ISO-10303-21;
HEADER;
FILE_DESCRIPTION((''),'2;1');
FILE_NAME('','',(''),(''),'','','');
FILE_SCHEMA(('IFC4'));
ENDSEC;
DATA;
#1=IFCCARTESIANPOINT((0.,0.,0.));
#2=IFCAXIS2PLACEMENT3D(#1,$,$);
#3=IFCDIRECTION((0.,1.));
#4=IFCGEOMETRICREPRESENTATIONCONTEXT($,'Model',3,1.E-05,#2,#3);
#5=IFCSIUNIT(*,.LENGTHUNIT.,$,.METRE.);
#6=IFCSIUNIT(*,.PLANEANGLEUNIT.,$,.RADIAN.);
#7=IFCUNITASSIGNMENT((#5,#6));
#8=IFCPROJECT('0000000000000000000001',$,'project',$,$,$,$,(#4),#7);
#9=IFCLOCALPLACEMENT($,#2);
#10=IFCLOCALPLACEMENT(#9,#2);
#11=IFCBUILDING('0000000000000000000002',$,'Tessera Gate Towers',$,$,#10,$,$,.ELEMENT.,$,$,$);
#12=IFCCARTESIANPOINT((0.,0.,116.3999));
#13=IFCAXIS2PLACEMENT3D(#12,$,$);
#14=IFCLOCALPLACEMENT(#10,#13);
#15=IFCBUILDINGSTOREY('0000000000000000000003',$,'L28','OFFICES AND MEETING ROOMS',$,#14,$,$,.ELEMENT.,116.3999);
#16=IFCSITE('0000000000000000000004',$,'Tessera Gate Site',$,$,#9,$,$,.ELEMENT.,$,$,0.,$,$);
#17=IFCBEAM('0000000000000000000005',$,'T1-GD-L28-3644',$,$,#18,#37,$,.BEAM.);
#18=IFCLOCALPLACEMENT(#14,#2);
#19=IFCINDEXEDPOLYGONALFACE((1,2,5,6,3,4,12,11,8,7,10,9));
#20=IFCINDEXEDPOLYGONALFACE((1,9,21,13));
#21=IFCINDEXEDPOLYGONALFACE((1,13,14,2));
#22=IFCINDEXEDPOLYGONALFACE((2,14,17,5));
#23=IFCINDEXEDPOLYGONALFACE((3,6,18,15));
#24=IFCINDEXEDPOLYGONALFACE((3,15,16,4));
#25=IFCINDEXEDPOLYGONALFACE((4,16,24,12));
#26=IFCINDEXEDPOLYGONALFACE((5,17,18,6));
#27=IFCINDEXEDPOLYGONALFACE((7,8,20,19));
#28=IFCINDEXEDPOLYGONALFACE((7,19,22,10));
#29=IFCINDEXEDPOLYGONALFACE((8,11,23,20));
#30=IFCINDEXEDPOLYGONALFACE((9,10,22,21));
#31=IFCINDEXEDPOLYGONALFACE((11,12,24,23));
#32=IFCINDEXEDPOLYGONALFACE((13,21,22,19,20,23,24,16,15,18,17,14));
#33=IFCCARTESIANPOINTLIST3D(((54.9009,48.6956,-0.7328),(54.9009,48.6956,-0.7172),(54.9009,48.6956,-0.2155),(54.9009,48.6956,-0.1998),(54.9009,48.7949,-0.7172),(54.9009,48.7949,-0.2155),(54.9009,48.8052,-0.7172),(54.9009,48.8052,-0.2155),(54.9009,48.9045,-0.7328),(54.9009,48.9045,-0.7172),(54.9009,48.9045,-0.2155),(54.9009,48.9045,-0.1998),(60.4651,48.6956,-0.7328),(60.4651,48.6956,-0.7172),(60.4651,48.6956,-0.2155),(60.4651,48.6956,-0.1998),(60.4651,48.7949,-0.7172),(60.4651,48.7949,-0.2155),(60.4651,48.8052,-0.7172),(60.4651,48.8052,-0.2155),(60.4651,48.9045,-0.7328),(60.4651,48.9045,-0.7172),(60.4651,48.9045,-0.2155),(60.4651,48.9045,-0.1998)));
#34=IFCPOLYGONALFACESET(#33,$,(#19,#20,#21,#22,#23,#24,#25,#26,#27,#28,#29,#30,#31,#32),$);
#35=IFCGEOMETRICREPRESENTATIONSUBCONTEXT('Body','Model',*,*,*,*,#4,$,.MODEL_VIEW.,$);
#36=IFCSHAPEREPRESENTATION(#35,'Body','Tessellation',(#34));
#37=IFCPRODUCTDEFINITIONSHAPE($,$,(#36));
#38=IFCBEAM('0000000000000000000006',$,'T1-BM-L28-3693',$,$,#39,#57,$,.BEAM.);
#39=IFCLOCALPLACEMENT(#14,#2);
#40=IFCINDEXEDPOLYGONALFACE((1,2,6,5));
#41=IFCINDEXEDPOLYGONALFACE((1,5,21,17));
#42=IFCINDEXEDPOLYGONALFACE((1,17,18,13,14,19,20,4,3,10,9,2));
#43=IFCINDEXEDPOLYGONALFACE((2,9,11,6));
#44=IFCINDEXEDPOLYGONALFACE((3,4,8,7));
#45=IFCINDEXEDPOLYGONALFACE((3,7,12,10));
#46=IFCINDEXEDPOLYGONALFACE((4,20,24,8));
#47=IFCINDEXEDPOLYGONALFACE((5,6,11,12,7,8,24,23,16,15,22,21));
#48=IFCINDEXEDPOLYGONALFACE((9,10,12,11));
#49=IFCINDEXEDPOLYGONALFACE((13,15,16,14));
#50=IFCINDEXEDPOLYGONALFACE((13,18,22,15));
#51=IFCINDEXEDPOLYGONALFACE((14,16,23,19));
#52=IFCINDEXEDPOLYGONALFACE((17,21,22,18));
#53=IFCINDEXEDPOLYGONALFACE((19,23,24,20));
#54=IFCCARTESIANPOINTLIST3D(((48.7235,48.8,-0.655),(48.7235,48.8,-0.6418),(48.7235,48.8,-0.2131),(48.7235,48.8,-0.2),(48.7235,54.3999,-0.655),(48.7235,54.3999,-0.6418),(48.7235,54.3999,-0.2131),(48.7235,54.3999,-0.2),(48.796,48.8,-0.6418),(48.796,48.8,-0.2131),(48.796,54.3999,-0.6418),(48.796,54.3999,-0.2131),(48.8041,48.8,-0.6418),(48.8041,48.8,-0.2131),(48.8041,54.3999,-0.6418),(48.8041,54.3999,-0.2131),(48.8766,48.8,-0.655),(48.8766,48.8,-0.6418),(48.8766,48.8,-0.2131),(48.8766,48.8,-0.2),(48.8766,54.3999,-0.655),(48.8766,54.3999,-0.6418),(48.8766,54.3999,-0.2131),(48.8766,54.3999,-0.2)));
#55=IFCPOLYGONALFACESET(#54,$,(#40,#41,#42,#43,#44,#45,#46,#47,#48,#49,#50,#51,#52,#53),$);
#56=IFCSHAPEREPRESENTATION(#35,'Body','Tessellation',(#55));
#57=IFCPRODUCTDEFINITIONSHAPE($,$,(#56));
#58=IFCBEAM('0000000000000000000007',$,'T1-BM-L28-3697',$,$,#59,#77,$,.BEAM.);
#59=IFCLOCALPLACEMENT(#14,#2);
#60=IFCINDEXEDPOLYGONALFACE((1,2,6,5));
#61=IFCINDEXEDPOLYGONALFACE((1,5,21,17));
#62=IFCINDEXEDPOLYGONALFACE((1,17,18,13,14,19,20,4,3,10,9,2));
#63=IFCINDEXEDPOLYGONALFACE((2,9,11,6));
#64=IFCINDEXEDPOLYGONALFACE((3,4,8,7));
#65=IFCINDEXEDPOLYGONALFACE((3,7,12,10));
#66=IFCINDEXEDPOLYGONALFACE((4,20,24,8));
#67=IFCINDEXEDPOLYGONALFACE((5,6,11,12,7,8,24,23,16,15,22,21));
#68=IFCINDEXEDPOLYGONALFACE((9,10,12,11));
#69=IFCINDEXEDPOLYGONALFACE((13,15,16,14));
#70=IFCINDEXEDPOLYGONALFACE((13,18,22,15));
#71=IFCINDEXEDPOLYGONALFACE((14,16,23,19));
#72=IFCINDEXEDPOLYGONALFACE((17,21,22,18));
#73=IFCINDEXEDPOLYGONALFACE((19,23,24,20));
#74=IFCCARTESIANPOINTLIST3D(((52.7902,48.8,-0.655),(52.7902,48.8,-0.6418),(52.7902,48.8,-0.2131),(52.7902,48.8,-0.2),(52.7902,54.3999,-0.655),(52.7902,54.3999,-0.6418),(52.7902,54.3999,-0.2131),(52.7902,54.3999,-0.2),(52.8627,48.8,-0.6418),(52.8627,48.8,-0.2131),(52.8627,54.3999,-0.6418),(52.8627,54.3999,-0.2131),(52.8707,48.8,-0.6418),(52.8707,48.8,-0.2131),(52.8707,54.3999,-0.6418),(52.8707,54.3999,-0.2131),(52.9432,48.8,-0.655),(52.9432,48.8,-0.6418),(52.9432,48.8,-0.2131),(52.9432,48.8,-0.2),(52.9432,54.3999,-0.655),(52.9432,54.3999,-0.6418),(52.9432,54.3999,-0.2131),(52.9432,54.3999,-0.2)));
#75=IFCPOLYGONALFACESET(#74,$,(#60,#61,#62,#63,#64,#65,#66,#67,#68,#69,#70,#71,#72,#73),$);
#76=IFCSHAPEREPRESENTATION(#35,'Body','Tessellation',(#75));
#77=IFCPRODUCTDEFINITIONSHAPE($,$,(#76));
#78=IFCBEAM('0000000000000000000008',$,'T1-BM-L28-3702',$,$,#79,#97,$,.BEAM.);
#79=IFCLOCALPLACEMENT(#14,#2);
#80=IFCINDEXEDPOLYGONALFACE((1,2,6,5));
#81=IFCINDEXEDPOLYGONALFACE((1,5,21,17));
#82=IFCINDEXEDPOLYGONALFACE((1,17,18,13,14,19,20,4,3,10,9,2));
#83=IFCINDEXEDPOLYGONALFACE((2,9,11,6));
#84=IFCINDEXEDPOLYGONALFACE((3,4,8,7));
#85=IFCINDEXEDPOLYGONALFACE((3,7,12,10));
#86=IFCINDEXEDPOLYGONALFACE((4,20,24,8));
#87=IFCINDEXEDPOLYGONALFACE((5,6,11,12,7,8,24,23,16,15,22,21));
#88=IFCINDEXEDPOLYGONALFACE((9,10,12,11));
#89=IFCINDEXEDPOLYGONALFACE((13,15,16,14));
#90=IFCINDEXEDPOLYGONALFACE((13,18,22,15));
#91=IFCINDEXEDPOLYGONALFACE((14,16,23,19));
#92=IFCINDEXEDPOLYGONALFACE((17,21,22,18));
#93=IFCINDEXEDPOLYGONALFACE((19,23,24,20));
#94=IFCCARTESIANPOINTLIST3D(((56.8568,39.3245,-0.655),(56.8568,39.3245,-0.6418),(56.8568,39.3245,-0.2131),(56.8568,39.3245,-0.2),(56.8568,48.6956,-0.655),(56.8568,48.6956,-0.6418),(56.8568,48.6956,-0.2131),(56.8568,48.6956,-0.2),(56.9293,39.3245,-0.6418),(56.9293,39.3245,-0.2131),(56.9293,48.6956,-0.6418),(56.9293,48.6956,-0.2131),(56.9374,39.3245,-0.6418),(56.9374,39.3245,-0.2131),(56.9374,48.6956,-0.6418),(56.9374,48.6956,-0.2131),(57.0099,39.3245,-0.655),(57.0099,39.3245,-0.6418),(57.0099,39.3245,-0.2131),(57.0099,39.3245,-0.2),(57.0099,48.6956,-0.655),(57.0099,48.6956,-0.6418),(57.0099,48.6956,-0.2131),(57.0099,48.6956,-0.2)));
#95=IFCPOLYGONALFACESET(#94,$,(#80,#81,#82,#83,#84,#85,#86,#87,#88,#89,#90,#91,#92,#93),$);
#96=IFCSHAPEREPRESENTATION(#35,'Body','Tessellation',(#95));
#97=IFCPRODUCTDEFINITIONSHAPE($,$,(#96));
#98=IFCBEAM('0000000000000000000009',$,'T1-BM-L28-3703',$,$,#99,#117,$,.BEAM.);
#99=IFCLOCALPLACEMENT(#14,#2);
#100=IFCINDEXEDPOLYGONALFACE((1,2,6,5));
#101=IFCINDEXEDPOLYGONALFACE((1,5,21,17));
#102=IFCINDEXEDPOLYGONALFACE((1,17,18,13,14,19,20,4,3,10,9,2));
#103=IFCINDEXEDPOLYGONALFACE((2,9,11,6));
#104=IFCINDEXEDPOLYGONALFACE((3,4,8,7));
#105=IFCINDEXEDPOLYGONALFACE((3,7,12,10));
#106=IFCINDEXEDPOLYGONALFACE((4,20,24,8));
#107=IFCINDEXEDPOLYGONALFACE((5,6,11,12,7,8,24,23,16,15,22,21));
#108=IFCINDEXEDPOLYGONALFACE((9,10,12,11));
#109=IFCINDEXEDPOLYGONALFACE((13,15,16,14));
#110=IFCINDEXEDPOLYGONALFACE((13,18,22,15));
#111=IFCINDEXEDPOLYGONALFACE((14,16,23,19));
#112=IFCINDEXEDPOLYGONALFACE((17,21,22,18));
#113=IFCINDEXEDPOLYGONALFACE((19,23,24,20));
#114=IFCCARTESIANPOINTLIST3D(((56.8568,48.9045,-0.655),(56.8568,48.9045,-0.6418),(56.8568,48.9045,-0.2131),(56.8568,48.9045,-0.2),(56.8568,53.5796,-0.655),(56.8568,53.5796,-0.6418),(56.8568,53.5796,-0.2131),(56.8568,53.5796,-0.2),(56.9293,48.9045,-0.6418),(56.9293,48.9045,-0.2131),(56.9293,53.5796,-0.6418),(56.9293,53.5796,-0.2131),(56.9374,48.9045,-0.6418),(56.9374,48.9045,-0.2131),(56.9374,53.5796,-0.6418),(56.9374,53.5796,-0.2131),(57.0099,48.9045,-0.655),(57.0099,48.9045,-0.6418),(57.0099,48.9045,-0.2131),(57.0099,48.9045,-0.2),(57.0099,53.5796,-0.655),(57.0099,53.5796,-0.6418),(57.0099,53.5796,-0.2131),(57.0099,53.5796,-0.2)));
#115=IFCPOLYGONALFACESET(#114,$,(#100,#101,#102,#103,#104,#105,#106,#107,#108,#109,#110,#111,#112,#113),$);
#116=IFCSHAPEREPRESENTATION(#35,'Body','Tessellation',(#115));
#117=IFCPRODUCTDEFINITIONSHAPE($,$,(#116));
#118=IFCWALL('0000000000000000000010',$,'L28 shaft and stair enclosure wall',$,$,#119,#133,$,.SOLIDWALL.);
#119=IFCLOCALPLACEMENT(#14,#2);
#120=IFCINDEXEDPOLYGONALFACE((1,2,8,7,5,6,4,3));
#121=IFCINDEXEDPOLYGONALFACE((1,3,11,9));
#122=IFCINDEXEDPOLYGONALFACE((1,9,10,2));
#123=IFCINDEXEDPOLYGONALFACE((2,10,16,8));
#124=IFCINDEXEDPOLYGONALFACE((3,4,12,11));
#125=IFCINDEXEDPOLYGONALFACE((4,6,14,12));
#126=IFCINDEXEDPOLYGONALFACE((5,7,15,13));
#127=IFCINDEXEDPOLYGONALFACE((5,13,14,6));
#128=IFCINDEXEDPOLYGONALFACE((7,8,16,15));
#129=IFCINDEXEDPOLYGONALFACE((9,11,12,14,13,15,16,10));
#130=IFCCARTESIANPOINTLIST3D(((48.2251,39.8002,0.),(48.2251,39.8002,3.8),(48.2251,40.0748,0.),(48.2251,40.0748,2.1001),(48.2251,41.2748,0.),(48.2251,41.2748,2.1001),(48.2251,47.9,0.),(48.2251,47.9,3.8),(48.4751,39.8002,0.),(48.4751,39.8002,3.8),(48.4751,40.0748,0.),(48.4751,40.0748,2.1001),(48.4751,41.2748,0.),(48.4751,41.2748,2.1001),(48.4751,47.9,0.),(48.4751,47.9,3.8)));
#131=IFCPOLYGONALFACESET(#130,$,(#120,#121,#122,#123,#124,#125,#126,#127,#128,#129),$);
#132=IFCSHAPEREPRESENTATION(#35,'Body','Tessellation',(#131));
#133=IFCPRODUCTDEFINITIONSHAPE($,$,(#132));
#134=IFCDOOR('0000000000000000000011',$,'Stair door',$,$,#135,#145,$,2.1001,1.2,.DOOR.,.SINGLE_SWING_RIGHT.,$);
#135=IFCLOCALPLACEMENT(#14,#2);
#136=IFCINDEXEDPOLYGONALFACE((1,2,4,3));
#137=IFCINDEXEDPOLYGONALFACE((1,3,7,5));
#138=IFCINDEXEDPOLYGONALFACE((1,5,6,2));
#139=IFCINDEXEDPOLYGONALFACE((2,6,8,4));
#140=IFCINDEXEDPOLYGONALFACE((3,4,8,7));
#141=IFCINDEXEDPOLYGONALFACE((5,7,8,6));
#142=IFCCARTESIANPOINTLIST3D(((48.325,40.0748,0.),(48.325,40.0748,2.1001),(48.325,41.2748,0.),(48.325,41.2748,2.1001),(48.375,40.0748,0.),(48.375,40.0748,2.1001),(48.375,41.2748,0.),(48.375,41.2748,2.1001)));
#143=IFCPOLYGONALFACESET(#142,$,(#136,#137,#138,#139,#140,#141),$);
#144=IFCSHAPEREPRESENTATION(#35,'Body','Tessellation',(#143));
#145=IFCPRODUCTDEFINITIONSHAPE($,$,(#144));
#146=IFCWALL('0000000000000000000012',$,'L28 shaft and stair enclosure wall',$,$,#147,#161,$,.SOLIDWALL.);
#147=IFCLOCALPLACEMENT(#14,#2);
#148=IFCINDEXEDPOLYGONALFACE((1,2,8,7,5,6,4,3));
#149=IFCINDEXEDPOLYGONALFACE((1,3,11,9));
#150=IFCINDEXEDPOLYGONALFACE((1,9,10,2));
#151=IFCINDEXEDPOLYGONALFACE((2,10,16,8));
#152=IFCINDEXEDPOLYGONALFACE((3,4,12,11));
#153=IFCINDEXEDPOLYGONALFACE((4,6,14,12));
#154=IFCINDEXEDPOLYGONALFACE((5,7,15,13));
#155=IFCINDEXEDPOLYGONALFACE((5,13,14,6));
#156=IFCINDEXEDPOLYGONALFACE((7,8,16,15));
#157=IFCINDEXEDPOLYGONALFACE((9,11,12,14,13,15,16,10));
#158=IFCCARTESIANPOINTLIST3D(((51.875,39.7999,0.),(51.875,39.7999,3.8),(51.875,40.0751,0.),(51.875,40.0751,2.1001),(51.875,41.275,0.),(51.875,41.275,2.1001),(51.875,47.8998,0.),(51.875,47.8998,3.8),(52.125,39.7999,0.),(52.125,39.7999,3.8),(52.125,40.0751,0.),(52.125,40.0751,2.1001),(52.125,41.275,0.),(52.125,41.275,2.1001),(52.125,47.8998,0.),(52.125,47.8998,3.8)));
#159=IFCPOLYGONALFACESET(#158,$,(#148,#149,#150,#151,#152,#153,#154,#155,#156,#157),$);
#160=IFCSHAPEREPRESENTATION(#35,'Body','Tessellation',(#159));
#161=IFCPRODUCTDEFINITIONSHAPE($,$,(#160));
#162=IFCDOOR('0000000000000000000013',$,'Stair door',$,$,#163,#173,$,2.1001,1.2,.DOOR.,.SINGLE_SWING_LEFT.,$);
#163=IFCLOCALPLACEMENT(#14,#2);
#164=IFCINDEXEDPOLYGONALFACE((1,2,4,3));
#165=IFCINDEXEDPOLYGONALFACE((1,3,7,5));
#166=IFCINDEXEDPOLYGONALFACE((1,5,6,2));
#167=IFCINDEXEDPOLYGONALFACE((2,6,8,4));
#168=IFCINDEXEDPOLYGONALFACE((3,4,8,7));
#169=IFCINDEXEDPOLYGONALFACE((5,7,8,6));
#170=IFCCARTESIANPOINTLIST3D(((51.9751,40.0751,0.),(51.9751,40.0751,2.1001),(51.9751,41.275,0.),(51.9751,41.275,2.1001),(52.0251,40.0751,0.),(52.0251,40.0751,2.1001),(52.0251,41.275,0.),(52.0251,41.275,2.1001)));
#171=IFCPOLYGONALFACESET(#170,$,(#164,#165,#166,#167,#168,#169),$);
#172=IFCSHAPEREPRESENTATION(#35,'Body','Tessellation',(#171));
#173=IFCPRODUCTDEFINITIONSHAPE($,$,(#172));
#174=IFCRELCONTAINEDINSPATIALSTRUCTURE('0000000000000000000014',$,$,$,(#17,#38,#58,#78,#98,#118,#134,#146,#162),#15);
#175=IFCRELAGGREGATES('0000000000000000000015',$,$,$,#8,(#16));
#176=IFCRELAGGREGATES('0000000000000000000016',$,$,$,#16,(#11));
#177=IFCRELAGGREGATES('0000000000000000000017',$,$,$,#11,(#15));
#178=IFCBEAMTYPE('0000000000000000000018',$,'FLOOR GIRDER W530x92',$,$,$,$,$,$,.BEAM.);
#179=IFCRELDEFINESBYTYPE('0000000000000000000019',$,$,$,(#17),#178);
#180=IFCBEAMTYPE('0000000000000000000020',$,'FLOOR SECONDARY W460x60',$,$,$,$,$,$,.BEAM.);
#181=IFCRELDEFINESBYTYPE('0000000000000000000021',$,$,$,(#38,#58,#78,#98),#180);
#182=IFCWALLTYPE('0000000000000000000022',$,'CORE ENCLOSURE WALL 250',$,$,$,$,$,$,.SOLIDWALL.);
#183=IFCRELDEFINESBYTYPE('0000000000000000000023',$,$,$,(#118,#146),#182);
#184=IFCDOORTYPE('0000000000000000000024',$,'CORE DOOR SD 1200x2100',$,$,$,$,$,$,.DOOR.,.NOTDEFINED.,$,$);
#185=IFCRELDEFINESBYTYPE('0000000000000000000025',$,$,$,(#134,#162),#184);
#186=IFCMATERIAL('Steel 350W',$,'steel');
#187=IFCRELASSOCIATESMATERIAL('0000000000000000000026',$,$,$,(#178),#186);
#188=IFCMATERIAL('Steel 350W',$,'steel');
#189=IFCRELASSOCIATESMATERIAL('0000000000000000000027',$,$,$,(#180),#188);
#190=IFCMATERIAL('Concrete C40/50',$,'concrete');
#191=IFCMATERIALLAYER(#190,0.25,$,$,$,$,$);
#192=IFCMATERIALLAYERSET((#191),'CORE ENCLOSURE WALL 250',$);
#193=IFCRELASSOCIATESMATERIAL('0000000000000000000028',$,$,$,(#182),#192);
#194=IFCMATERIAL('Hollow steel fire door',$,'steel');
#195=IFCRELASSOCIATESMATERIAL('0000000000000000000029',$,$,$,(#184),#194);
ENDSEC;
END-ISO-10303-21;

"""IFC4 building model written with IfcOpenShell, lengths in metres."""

from ifc_helpers import new_model, si_unit, direction, frame, frame_2d, origin, origin_2d, place, context, subcontext, project, spatial, rectangle, i_section, extrude, source, transform, mapped, material, layer, layer_set, material_profile, profile_set, type_object, element, fill, save


model = new_model("IFC4")

# Units and contexts
model_context = context("Model", 3, precision=1e-05, world=origin(), true_north=direction((0.0, 1.0)))
body_context = subcontext(model_context, "Body", "Model", "MODEL_VIEW")
ifc_project = project(units=[si_unit("LENGTHUNIT", "METRE"), si_unit("PLANEANGLEUNIT", "RADIAN")], contexts=[model_context])

# Site, building, storey
site_placement = place(None, origin())
site = spatial("IfcSite", under=ifc_project, at=site_placement, Name="Tessera Gate Site", CompositionType="ELEMENT", RefElevation=0.0)
building_placement = place(site_placement, origin())
building = spatial("IfcBuilding", under=site, at=building_placement, Name="Tessera Gate Towers", CompositionType="ELEMENT")
storey_placement = place(building_placement, frame((0.0, 0.0, 116.3999)))
storey = spatial("IfcBuildingStorey", under=building, at=storey_placement, Name="L28", Description="OFFICES AND MEETING ROOMS", CompositionType="ELEMENT", Elevation=116.3999)

# Beams
ifc_material_1 = material(Name="Steel 350W", Category="steel")
ifc_material_profile_1 = material_profile(ifc_material_1, i_section(OverallWidth=0.209, OverallDepth=0.533, WebThickness=0.0103, FlangeThickness=0.0156, at=origin_2d()), Name="W530x92")
ifc_profile_set_1 = profile_set([ifc_material_profile_1], Name="Steel 350W")
beam_type_1 = type_object("IfcBeamType", Name="FLOOR GIRDER W530x92", PredefinedType="BEAM", material=ifc_profile_set_1)
beam_1_placement = place(storey_placement, frame((54.9009, 48.8, -0.4663), z_axis=(1.0, 0.0, 0.0), x_axis=(0.0, 1.0, 0.0)))
element("IfcBeam", 1, at=beam_1_placement, inside=storey, type_object=beam_type_1, Name="T1-GD-L28-3644", PredefinedType="BEAM", context=body_context, shape_type="SweptSolid", body=[
    extrude(i_section(OverallWidth=0.209, OverallDepth=0.533, WebThickness=0.0103, FlangeThickness=0.0156, at=origin_2d()), origin(), (0.0, 0.0, 1.0), 5.5642),
])
ifc_material_2 = material(Name="Steel 350W", Category="steel")
ifc_material_profile_2 = material_profile(ifc_material_2, i_section(OverallWidth=0.1531, OverallDepth=0.4551, WebThickness=0.0081, FlangeThickness=0.0132, at=origin_2d()), Name="W460x60")
ifc_profile_set_2 = profile_set([ifc_material_profile_2], Name="Steel 350W")
beam_type_2 = type_object("IfcBeamType", Name="FLOOR SECONDARY W460x60", PredefinedType="BEAM", material=ifc_profile_set_2)
for number, where, z_axis, x_axis, name in (
    (2, (48.8, 48.8, -0.4275), (0.0, 1.0, 0.0), (-1.0, 0.0, 0.0), "T1-BM-L28-3693"),
    (3, (52.8667, 48.8, -0.4275), (0.0, 1.0, 0.0), (-1.0, 0.0, 0.0), "T1-BM-L28-3697"),
):
    element("IfcBeam", number, at=place(storey_placement, frame(where, z_axis=z_axis, x_axis=x_axis)), inside=storey, type_object=beam_type_2, Name=name, PredefinedType="BEAM", context=body_context, shape_type="SweptSolid", body=[
        extrude(i_section(OverallWidth=0.1531, OverallDepth=0.4551, WebThickness=0.0081, FlangeThickness=0.0132, at=origin_2d()), origin(), (0.0, 0.0, 1.0), 5.5999),
    ])
beam_2_placement = place(storey_placement, frame((56.9333, 39.3245, -0.4275), z_axis=(0.0, 1.0, 0.0), x_axis=(-1.0, 0.0, 0.0)))
element("IfcBeam", 4, at=beam_2_placement, inside=storey, type_object=beam_type_2, Name="T1-BM-L28-3702", PredefinedType="BEAM", context=body_context, shape_type="SweptSolid", body=[
    extrude(i_section(OverallWidth=0.1531, OverallDepth=0.4551, WebThickness=0.0081, FlangeThickness=0.0132, at=origin_2d()), origin(), (0.0, 0.0, 1.0), 9.3711),
])
beam_3_placement = place(storey_placement, frame((56.9333, 48.9045, -0.4275), z_axis=(0.0, 1.0, 0.0), x_axis=(-1.0, 0.0, 0.0)))
element("IfcBeam", 5, at=beam_3_placement, inside=storey, type_object=beam_type_2, Name="T1-BM-L28-3703", PredefinedType="BEAM", context=body_context, shape_type="SweptSolid", body=[
    extrude(i_section(OverallWidth=0.1531, OverallDepth=0.4551, WebThickness=0.0081, FlangeThickness=0.0132, at=origin_2d()), origin(), (0.0, 0.0, 1.0), 4.675),
])

# Walls, openings, doors
ifc_material_3 = material(Name="Concrete C40/50", Category="concrete")
ifc_layer_1 = layer(ifc_material_3, 0.25)
ifc_layer_set_1 = layer_set([ifc_layer_1], Name="CORE ENCLOSURE WALL 250")
wall_type_1 = type_object("IfcWallType", Name="CORE ENCLOSURE WALL 250", PredefinedType="SOLIDWALL", material=ifc_layer_set_1)
wall_1_placement = place(storey_placement, frame((48.3501, 47.8999, 0.0), z_axis=(0.0, 0.0, 1.0), x_axis=(0.0, -1.0, 0.0)))
wall_1 = element("IfcWall", 6, at=wall_1_placement, inside=storey, type_object=wall_type_1, Name="L28 shaft and stair enclosure wall", PredefinedType="SOLIDWALL", context=body_context, shape_type="SweptSolid", body=[
    extrude(rectangle(XDim=8.0999, YDim=0.25, at=frame_2d((4.0498, 0.0))), origin(), (0.0, 0.0, 1.0), 3.8),
])
shared_shape_1 = source(origin(), body_context, "Body", "SweptSolid", [
    extrude(rectangle(XDim=1.2, YDim=2.1001, at=frame_2d((0.6001, 1.05))), frame((0.0, 0.135, 0.0), z_axis=(0.0, -1.0, 0.0), x_axis=(1.0, 0.0, 0.0)), (0.0, 0.0, 1.0), 0.27),
])
opening_1_placement = place(wall_1_placement, frame((6.625, 0.0, 0.0)))
opening_1 = element("IfcOpeningElement", 7, at=opening_1_placement, cuts=wall_1, PredefinedType="OPENING", context=body_context, shape_type="MappedRepresentation", body=[
    mapped(shared_shape_1, transform((0.0, 0.0, 0.0), scale=1.0)),
])
ifc_material_4 = material(Name="Hollow steel fire door", Category="steel")
door_type_1 = type_object("IfcDoorType", Name="CORE DOOR SD 1200x2100", OperationType="NOTDEFINED", PredefinedType="DOOR", material=ifc_material_4)
shared_shape_2 = source(origin(), body_context, "Body", "SweptSolid", [
    extrude(rectangle(XDim=1.2, YDim=2.1001, at=frame_2d((0.6001, 1.05))), frame((0.0, 0.0249, 0.0), z_axis=(0.0, -1.0, 0.0), x_axis=(1.0, 0.0, 0.0)), (0.0, 0.0, 1.0), 0.05),
])
door_1_placement = place(opening_1_placement, origin())
door_1 = element("IfcDoor", 8, at=door_1_placement, inside=storey, type_object=door_type_1, Name="Stair door", OperationType="SINGLE_SWING_RIGHT", OverallHeight=2.1001, OverallWidth=1.2, PredefinedType="DOOR", context=body_context, shape_type="MappedRepresentation", body=[
    mapped(shared_shape_2, transform((0.0, 0.0, 0.0), scale=1.0)),
])
fill(opening_1, door_1)
wall_2_placement = place(storey_placement, frame((52.0, 39.8, 0.0), z_axis=(0.0, 0.0, 1.0), x_axis=(0.0, 1.0, 0.0)))
wall_2 = element("IfcWall", 9, at=wall_2_placement, inside=storey, type_object=wall_type_1, Name="L28 shaft and stair enclosure wall", PredefinedType="SOLIDWALL", context=body_context, shape_type="SweptSolid", body=[
    extrude(rectangle(XDim=8.0999, YDim=0.25, at=frame_2d((4.0498, 0.0))), origin(), (0.0, 0.0, 1.0), 3.8),
])
opening_2_placement = place(wall_2_placement, frame((0.2749, 0.0, 0.0)))
opening_2 = element("IfcOpeningElement", 10, at=opening_2_placement, cuts=wall_2, PredefinedType="OPENING", context=body_context, shape_type="MappedRepresentation", body=[
    mapped(shared_shape_1, transform((0.0, 0.0, 0.0), scale=1.0)),
])
door_2_placement = place(opening_2_placement, origin())
door_2 = element("IfcDoor", 11, at=door_2_placement, inside=storey, type_object=door_type_1, Name="Stair door", OperationType="SINGLE_SWING_LEFT", OverallHeight=2.1001, OverallWidth=1.2, PredefinedType="DOOR", context=body_context, shape_type="MappedRepresentation", body=[
    mapped(shared_shape_2, transform((0.0, 0.0, 0.0), scale=1.0)),
])
fill(opening_2, door_2)

save(model, "model.ifc")
